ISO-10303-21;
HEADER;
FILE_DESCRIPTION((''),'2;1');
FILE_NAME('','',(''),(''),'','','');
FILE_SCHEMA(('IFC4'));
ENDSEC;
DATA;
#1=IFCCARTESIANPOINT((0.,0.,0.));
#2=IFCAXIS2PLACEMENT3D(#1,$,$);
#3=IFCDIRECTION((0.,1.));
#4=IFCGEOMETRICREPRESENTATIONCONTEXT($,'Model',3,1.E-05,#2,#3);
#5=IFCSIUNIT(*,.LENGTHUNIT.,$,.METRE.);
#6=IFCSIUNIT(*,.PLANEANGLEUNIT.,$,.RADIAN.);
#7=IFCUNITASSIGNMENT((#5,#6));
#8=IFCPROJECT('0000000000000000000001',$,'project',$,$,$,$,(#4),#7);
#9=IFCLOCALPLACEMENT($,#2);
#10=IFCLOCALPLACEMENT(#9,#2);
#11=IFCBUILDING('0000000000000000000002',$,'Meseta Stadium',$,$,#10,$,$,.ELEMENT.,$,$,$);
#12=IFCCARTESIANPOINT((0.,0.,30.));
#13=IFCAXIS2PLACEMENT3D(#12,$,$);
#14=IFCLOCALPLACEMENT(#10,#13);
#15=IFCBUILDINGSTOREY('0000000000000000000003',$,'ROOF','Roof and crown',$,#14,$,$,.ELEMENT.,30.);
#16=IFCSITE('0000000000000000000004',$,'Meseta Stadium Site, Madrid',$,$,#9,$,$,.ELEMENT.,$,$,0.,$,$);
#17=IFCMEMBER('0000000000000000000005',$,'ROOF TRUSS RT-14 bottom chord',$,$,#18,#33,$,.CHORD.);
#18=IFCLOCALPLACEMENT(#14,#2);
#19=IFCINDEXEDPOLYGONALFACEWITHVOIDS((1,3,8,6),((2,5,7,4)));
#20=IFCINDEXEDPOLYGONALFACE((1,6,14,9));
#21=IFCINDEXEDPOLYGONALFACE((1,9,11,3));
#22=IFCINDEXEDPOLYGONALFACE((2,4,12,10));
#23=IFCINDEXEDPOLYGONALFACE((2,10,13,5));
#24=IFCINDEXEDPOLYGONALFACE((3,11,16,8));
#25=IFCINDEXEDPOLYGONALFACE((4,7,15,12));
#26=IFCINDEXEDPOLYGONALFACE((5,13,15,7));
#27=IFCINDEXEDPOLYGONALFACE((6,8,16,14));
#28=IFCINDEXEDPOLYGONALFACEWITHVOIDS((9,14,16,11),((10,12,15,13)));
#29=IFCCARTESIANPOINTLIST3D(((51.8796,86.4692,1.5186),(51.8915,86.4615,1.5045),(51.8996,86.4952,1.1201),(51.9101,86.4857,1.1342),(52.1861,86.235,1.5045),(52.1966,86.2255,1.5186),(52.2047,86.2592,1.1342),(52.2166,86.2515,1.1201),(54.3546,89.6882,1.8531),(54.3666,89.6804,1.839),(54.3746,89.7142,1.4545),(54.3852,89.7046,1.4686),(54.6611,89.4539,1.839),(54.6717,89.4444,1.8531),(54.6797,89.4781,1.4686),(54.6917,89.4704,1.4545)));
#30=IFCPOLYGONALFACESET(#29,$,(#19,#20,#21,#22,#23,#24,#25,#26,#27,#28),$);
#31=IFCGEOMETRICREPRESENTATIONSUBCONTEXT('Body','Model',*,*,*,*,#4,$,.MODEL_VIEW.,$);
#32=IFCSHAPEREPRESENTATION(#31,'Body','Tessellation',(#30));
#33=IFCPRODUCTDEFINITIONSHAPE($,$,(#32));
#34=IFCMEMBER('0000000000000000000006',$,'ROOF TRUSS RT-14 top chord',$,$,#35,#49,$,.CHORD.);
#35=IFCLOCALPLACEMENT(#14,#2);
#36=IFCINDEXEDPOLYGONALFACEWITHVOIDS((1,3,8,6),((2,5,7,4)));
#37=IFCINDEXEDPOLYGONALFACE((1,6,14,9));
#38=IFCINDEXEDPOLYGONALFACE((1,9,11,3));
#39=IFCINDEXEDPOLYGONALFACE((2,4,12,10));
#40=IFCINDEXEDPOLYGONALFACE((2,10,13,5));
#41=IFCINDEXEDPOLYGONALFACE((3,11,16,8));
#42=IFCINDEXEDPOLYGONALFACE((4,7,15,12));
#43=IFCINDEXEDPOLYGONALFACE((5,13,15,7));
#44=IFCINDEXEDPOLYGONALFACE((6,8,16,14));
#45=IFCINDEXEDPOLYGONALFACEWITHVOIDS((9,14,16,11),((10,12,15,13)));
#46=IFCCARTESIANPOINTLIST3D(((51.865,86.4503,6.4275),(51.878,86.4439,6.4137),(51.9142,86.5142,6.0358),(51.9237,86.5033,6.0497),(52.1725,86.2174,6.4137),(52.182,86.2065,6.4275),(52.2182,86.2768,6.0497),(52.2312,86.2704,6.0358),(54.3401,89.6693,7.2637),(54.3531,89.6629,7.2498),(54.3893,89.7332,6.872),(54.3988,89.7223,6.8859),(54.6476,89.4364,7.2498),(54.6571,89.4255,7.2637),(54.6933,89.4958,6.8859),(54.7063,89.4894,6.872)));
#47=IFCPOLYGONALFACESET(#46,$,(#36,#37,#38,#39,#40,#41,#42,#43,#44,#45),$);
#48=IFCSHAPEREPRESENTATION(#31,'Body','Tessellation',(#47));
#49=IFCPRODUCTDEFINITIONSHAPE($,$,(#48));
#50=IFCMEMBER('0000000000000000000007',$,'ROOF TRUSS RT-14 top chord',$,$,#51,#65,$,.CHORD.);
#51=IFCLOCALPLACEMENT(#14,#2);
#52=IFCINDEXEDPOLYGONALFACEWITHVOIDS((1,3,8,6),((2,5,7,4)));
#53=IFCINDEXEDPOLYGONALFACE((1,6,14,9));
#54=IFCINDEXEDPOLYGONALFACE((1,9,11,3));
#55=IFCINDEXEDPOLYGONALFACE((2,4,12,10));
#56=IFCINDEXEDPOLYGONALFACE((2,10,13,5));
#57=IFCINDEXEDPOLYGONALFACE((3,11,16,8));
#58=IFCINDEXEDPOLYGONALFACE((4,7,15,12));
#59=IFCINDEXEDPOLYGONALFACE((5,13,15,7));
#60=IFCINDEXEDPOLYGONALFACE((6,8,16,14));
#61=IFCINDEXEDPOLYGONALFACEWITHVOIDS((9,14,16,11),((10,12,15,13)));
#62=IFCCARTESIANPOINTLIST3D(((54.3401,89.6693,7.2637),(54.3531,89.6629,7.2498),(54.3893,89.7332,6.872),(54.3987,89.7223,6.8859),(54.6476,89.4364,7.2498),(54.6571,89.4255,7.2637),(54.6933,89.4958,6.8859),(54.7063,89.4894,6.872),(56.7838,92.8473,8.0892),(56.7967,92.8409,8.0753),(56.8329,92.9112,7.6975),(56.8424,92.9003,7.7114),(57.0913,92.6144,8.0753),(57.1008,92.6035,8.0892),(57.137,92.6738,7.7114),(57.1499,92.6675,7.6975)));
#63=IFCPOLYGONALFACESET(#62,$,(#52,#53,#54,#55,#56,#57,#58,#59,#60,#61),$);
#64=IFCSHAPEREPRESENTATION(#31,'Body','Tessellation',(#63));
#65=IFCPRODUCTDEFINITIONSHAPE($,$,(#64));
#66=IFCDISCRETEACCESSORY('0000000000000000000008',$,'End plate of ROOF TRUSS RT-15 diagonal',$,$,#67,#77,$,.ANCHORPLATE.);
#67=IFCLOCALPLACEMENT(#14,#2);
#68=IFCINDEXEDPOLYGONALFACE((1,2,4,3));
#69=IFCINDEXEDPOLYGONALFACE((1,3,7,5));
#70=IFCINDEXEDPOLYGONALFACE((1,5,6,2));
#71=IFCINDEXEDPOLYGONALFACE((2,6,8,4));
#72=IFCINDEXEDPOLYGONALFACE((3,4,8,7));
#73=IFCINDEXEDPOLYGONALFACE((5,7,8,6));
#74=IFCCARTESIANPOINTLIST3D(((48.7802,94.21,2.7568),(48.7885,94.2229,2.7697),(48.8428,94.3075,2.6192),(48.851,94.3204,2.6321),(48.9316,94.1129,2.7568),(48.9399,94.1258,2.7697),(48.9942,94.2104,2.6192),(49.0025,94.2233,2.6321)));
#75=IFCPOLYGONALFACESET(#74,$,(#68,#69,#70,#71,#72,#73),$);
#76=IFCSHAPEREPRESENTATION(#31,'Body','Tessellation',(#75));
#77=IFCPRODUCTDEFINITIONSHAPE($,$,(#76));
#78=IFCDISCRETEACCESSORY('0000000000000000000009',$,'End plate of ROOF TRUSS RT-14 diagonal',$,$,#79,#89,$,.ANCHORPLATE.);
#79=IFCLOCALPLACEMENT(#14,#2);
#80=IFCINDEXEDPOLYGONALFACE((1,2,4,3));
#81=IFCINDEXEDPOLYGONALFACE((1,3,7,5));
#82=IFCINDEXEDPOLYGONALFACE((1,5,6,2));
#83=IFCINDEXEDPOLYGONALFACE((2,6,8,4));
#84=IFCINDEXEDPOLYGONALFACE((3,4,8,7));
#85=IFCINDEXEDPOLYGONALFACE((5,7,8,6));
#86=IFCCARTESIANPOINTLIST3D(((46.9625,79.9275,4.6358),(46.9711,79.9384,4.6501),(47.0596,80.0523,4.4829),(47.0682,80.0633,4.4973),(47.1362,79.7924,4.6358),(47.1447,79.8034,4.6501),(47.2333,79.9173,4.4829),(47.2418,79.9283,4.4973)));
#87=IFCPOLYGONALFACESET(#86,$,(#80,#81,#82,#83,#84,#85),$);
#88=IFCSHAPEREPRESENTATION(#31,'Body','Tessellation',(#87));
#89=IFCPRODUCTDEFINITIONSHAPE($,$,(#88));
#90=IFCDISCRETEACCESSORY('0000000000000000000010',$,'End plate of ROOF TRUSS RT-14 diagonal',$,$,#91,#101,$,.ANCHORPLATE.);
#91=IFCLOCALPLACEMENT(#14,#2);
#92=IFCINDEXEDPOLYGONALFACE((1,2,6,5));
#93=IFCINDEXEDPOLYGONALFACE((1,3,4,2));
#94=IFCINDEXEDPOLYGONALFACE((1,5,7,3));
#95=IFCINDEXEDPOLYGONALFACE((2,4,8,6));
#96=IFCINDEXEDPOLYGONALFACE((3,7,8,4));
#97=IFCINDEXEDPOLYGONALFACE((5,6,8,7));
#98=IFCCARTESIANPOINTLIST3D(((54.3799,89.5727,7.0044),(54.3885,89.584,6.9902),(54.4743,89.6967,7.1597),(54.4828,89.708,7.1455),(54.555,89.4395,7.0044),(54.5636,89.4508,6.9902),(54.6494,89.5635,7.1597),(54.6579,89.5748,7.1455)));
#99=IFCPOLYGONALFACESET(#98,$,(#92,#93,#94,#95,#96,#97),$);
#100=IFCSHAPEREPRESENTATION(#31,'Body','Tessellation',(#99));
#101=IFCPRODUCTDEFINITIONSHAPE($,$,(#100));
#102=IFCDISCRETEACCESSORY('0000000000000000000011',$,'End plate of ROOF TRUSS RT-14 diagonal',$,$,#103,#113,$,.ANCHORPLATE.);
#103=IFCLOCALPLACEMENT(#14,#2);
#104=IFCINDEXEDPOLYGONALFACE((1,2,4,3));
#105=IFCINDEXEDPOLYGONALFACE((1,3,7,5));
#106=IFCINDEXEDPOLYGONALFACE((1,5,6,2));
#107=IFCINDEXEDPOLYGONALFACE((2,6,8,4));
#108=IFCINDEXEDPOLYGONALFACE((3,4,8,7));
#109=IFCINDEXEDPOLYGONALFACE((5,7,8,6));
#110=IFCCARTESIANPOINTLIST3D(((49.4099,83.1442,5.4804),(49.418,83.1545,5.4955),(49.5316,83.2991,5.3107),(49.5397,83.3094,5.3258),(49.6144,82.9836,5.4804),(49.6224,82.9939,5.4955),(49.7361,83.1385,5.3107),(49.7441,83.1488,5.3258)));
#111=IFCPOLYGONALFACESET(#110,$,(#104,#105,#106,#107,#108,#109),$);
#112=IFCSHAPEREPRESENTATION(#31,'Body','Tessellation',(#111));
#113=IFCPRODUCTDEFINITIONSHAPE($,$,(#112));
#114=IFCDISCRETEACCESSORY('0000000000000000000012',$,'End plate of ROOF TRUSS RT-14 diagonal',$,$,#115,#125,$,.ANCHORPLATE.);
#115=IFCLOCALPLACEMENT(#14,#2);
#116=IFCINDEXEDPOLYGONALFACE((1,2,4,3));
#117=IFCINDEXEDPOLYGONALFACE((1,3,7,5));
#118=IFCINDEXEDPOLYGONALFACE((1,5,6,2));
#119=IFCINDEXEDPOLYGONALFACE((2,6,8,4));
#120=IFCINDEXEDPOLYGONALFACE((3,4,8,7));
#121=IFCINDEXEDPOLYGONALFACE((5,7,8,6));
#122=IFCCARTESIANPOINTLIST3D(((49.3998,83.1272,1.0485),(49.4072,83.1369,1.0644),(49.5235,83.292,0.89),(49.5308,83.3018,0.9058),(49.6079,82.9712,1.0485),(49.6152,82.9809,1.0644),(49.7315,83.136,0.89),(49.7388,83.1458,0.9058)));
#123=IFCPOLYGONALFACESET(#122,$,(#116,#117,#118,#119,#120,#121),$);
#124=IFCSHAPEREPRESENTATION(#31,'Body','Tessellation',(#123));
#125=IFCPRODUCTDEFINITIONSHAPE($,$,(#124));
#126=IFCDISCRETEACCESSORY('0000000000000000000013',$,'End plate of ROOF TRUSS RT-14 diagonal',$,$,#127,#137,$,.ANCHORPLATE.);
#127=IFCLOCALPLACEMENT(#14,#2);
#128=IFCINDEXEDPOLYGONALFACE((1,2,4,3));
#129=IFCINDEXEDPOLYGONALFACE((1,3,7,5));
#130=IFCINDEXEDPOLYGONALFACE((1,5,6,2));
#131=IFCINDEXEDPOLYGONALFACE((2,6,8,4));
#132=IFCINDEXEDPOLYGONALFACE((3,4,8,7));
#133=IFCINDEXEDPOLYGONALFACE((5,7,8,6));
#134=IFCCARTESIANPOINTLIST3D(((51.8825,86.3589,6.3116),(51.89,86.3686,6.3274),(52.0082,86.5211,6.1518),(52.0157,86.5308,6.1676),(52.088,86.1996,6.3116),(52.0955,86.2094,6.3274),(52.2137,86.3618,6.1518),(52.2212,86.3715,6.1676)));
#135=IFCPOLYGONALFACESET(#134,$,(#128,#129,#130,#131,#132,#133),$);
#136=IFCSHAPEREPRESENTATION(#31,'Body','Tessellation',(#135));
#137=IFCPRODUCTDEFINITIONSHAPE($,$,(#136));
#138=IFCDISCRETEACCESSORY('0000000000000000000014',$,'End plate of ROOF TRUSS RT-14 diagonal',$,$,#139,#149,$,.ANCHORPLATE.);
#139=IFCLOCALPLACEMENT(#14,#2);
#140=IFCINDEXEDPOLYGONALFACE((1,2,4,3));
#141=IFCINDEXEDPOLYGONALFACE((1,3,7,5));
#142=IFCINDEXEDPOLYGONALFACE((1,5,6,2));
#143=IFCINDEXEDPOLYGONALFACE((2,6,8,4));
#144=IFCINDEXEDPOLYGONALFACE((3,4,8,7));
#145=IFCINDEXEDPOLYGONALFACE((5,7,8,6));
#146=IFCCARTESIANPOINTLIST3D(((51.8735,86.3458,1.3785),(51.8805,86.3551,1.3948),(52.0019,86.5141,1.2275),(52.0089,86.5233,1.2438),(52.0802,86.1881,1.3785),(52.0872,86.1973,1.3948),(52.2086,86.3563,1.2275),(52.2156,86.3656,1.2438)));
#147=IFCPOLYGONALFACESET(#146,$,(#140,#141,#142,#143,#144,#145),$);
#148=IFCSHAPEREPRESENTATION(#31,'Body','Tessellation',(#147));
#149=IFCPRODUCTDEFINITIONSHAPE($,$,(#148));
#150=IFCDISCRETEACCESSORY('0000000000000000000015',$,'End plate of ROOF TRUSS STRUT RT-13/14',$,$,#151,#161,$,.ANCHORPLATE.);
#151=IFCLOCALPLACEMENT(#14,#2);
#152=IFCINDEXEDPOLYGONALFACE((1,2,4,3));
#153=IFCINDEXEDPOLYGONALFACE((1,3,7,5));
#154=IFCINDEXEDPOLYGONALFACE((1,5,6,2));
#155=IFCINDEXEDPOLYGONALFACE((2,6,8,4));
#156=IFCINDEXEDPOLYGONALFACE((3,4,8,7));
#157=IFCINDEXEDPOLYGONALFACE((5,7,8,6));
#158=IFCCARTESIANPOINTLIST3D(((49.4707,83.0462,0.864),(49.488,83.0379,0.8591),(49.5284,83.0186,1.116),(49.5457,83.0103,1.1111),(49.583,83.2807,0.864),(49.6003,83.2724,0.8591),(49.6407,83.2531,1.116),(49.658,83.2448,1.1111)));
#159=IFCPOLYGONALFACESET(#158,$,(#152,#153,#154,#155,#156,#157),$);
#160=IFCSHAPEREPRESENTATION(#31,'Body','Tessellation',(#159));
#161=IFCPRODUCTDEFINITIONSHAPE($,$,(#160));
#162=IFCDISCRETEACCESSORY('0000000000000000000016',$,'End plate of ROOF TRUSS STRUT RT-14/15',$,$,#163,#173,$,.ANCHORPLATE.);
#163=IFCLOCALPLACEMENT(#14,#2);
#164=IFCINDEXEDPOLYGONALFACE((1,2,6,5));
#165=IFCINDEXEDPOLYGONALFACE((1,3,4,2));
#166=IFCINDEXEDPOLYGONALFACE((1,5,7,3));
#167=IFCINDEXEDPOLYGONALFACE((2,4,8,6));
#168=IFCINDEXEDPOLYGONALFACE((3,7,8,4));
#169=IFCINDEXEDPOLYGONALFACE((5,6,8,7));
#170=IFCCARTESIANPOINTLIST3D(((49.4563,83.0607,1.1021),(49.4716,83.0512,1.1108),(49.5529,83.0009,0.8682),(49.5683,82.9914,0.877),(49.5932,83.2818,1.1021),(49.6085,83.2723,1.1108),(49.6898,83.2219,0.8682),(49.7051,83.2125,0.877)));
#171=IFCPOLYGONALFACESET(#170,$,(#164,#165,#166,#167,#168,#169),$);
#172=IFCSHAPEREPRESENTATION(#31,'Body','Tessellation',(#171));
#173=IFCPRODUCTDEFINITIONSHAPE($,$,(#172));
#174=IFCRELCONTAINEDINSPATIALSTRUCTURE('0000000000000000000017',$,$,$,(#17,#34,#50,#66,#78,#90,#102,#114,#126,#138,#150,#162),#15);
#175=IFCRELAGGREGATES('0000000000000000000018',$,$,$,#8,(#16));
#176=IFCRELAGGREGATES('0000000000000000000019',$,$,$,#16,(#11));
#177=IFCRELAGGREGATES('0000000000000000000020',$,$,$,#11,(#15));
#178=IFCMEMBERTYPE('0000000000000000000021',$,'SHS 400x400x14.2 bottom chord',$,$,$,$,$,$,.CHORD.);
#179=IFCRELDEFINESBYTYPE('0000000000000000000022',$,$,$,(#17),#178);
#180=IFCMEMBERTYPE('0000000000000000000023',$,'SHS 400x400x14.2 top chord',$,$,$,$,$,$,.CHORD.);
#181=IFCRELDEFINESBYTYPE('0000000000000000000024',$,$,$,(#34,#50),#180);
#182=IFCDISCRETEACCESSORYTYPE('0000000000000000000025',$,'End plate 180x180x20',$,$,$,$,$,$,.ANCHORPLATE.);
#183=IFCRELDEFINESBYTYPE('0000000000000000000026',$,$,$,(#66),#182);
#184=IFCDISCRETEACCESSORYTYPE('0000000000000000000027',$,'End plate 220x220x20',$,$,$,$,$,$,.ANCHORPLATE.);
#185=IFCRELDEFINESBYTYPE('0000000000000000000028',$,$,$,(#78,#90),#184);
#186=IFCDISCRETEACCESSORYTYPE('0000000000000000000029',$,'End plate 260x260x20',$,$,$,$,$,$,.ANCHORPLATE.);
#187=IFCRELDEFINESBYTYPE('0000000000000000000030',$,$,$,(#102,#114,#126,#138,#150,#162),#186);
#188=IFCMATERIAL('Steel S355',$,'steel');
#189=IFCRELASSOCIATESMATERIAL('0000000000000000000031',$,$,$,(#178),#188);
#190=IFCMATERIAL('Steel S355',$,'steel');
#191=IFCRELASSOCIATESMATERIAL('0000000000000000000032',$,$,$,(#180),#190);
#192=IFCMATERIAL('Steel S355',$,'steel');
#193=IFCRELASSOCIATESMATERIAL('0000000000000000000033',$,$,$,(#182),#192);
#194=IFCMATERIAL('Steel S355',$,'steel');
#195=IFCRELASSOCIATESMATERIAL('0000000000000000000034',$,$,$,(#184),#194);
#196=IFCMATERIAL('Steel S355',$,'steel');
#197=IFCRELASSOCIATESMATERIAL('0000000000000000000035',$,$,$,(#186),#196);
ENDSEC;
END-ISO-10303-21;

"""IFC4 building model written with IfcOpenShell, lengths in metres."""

from ifc_helpers import new_model, si_unit, direction, frame, origin, origin_2d, place, context, subcontext, project, spatial, rectangle, hollow_rectangle, extrude, material, material_profile, profile_set, type_object, element, save


model = new_model("IFC4")

# Units and contexts
model_context = context("Model", 3, precision=1e-05, world=origin(), true_north=direction((0.0, 1.0)))
body_context = subcontext(model_context, "Body", "Model", "MODEL_VIEW")
ifc_project = project(units=[si_unit("LENGTHUNIT", "METRE"), si_unit("PLANEANGLEUNIT", "RADIAN")], contexts=[model_context])

# Site, building, storey
site_placement = place(None, origin())
site = spatial("IfcSite", under=ifc_project, at=site_placement, Name="Meseta Stadium Site, Madrid", CompositionType="ELEMENT", RefElevation=0.0)
building_placement = place(site_placement, origin())
building = spatial("IfcBuilding", under=site, at=building_placement, Name="Meseta Stadium", CompositionType="ELEMENT")
storey_placement = place(building_placement, frame((0.0, 0.0, 30.0)))
storey = spatial("IfcBuildingStorey", under=building, at=storey_placement, Name="ROOF", Description="Roof and crown", CompositionType="ELEMENT", Elevation=30.0)

# Members
ifc_material_1 = material(Name="Steel S355", Category="steel")
ifc_material_profile_1 = material_profile(ifc_material_1, hollow_rectangle(XDim=0.3999, YDim=0.3999, WallThickness=0.0142, at=origin_2d()), Name="SHS 400x400x14.2")
ifc_profile_set_1 = profile_set([ifc_material_profile_1], Name="Steel S355")
member_type_1 = type_object("IfcMemberType", Name="SHS 400x400x14.2 bottom chord", PredefinedType="CHORD", material=ifc_profile_set_1)
for number, where, z_axis, x_axis, name in (
    (1, (52.0481, 86.3604, 1.3193), (0.607491, 0.790073, 0.082093), (-0.792749, 0.609548, 0.0), "ROOF TRUSS RT-14 bottom chord"),
):
    element("IfcMember", number, at=place(storey_placement, frame(where, z_axis=z_axis, x_axis=x_axis)), inside=storey, type_object=member_type_1, Name=name, PredefinedType="CHORD", context=body_context, shape_type="SweptSolid", body=[
        extrude(hollow_rectangle(XDim=0.3999, YDim=0.3999, WallThickness=0.0142, at=origin_2d()), origin(), (0.0, 0.0, 1.0), 4.0742),
    ])
ifc_material_2 = material(Name="Steel S355", Category="steel")
ifc_material_profile_2 = material_profile(ifc_material_2, hollow_rectangle(XDim=0.3999, YDim=0.3999, WallThickness=0.0142, at=origin_2d()), Name="SHS 400x400x14.2")
ifc_profile_set_2 = profile_set([ifc_material_profile_2], Name="Steel S355")
member_type_2 = type_object("IfcMemberType", Name="SHS 400x400x14.2 top chord", PredefinedType="CHORD", material=ifc_profile_set_2)
member_1_placement = place(storey_placement, frame((52.0481, 86.3604, 6.2317), z_axis=(0.597021, 0.776457, 0.201696), x_axis=(-0.792749, 0.609548, 0.0)))
element("IfcMember", 2, at=member_1_placement, inside=storey, type_object=member_type_2, Name="ROOF TRUSS RT-14 top chord", PredefinedType="CHORD", context=body_context, shape_type="SweptSolid", body=[
    extrude(hollow_rectangle(XDim=0.3999, YDim=0.3999, WallThickness=0.0142, at=origin_2d()), origin(), (0.0, 0.0, 1.0), 4.1458),
])
member_2_placement = place(storey_placement, frame((54.5232, 89.5793, 7.0679), z_axis=(0.59703, 0.776455, 0.201674), x_axis=(-0.792744, 0.609555, 0.0)))
element("IfcMember", 3, at=member_2_placement, inside=storey, type_object=member_type_2, Name="ROOF TRUSS RT-14 top chord", PredefinedType="CHORD", context=body_context, shape_type="SweptSolid", body=[
    extrude(hollow_rectangle(XDim=0.3999, YDim=0.3999, WallThickness=0.0142, at=origin_2d()), origin(), (0.0, 0.0, 1.0), 4.093),
])

# Discrete accessories
ifc_material_3 = material(Name="Steel S355", Category="steel")
ifc_material_profile_3 = material_profile(ifc_material_3, rectangle(XDim=0.1799, YDim=0.1799, at=origin_2d()), Name="PL 180x180")
ifc_profile_set_3 = profile_set([ifc_material_profile_3], Name="Steel S355")
discrete_accessory_type_1 = type_object("IfcDiscreteAccessoryType", Name="End plate 180x180x20", PredefinedType="ANCHORPLATE", material=ifc_profile_set_3)
discrete_accessory_1_placement = place(storey_placement, frame((48.8872, 94.2102, 2.688), z_axis=(0.413101, 0.643952, 0.643952), x_axis=(-0.841694, 0.539955, 0.0)))
element("IfcDiscreteAccessory", 4, at=discrete_accessory_1_placement, inside=storey, type_object=discrete_accessory_type_1, Name="End plate of ROOF TRUSS RT-15 diagonal", PredefinedType="ANCHORPLATE", context=body_context, shape_type="SweptSolid", body=[
    extrude(rectangle(XDim=0.1799, YDim=0.1799, at=origin_2d()), origin(), (0.0, 0.0, 1.0), 0.02),
])
ifc_material_4 = material(Name="Steel S355", Category="steel")
ifc_material_profile_4 = material_profile(ifc_material_4, rectangle(XDim=0.22, YDim=0.22, at=origin_2d()), Name="PL 220x220")
ifc_profile_set_4 = profile_set([ifc_material_profile_4], Name="Steel S355")
discrete_accessory_type_2 = type_object("IfcDiscreteAccessoryType", Name="End plate 220x220x20", PredefinedType="ANCHORPLATE", material=ifc_profile_set_4)
for number, where, z_axis, x_axis, name in (
    (5, (47.0979, 79.9224, 4.5593), (0.426607, 0.548495, 0.719138), (-0.789352, 0.613941, 0.0), "End plate of ROOF TRUSS RT-14 diagonal"),
    (6, (54.5146, 89.5681, 7.082), (0.427434, 0.56177, -0.708319), (-0.795829, 0.605522, 0.0), "End plate of ROOF TRUSS RT-14 diagonal"),
):
    element("IfcDiscreteAccessory", number, at=place(storey_placement, frame(where, z_axis=z_axis, x_axis=x_axis)), inside=storey, type_object=discrete_accessory_type_2, Name=name, PredefinedType="ANCHORPLATE", context=body_context, shape_type="SweptSolid", body=[
        extrude(rectangle(XDim=0.22, YDim=0.22, at=origin_2d()), origin(), (0.0, 0.0, 1.0), 0.02),
    ])
ifc_material_5 = material(Name="Steel S355", Category="steel")
ifc_material_profile_5 = material_profile(ifc_material_5, rectangle(XDim=0.26, YDim=0.26, at=origin_2d()), Name="PL 260x260")
ifc_profile_set_5 = profile_set([ifc_material_profile_5], Name="Steel S355")
discrete_accessory_type_3 = type_object("IfcDiscreteAccessoryType", Name="End plate 260x260x20", PredefinedType="ANCHORPLATE", material=ifc_profile_set_5)
for number, where, z_axis, x_axis, name in (
    (7, (49.573, 83.1414, 5.3955), (0.403249, 0.513227, 0.75762), (-0.786318, 0.617822, 0.0), "End plate of ROOF TRUSS RT-14 diagonal"),
    (8, (49.5657, 83.1316, 0.9692), (0.365826, 0.487769, 0.792624), (-0.8, 0.6, 0.0), "End plate of ROOF TRUSS RT-14 diagonal"),
    (9, (52.0481, 86.3604, 6.2317), (0.376318, 0.485571, 0.789053), (-0.790415, 0.612572, 0.0), "End plate of ROOF TRUSS RT-14 diagonal"),
    (10, (52.041, 86.3511, 1.303), (0.352351, 0.461701, 0.814052), (-0.794951, 0.606673, 0.0), "End plate of ROOF TRUSS RT-14 diagonal"),
):
    element("IfcDiscreteAccessory", number, at=place(storey_placement, frame(where, z_axis=z_axis, x_axis=x_axis)), inside=storey, type_object=discrete_accessory_type_3, Name=name, PredefinedType="ANCHORPLATE", context=body_context, shape_type="SweptSolid", body=[
        extrude(rectangle(XDim=0.26, YDim=0.26, at=origin_2d()), origin(), (0.0, 0.0, 1.0), 0.02),
    ])
discrete_accessory_2_placement = place(storey_placement, frame((49.573, 83.1414, 0.9851), z_axis=(-0.874148, 0.418606, 0.246239), x_axis=(-0.431905, -0.901919, 0.0)))
element("IfcDiscreteAccessory", 11, at=discrete_accessory_2_placement, inside=storey, type_object=discrete_accessory_type_3, Name="End plate of ROOF TRUSS STRUT RT-13/14", PredefinedType="ANCHORPLATE", context=body_context, shape_type="SweptSolid", body=[
    extrude(rectangle(XDim=0.26, YDim=0.26, at=origin_2d()), origin(), (0.0, 0.0, 1.0), 0.0198),
])
discrete_accessory_3_placement = place(storey_placement, frame((49.5884, 83.1318, 0.9939), z_axis=(-0.764775, 0.473432, -0.437014), x_axis=(-0.526355, -0.850265, 0.0)))
element("IfcDiscreteAccessory", 12, at=discrete_accessory_3_placement, inside=storey, type_object=discrete_accessory_type_3, Name="End plate of ROOF TRUSS STRUT RT-14/15", PredefinedType="ANCHORPLATE", context=body_context, shape_type="SweptSolid", body=[
    extrude(rectangle(XDim=0.26, YDim=0.26, at=origin_2d()), origin(), (0.0, 0.0, 1.0), 0.02),
])

save(model, "model.ifc")
